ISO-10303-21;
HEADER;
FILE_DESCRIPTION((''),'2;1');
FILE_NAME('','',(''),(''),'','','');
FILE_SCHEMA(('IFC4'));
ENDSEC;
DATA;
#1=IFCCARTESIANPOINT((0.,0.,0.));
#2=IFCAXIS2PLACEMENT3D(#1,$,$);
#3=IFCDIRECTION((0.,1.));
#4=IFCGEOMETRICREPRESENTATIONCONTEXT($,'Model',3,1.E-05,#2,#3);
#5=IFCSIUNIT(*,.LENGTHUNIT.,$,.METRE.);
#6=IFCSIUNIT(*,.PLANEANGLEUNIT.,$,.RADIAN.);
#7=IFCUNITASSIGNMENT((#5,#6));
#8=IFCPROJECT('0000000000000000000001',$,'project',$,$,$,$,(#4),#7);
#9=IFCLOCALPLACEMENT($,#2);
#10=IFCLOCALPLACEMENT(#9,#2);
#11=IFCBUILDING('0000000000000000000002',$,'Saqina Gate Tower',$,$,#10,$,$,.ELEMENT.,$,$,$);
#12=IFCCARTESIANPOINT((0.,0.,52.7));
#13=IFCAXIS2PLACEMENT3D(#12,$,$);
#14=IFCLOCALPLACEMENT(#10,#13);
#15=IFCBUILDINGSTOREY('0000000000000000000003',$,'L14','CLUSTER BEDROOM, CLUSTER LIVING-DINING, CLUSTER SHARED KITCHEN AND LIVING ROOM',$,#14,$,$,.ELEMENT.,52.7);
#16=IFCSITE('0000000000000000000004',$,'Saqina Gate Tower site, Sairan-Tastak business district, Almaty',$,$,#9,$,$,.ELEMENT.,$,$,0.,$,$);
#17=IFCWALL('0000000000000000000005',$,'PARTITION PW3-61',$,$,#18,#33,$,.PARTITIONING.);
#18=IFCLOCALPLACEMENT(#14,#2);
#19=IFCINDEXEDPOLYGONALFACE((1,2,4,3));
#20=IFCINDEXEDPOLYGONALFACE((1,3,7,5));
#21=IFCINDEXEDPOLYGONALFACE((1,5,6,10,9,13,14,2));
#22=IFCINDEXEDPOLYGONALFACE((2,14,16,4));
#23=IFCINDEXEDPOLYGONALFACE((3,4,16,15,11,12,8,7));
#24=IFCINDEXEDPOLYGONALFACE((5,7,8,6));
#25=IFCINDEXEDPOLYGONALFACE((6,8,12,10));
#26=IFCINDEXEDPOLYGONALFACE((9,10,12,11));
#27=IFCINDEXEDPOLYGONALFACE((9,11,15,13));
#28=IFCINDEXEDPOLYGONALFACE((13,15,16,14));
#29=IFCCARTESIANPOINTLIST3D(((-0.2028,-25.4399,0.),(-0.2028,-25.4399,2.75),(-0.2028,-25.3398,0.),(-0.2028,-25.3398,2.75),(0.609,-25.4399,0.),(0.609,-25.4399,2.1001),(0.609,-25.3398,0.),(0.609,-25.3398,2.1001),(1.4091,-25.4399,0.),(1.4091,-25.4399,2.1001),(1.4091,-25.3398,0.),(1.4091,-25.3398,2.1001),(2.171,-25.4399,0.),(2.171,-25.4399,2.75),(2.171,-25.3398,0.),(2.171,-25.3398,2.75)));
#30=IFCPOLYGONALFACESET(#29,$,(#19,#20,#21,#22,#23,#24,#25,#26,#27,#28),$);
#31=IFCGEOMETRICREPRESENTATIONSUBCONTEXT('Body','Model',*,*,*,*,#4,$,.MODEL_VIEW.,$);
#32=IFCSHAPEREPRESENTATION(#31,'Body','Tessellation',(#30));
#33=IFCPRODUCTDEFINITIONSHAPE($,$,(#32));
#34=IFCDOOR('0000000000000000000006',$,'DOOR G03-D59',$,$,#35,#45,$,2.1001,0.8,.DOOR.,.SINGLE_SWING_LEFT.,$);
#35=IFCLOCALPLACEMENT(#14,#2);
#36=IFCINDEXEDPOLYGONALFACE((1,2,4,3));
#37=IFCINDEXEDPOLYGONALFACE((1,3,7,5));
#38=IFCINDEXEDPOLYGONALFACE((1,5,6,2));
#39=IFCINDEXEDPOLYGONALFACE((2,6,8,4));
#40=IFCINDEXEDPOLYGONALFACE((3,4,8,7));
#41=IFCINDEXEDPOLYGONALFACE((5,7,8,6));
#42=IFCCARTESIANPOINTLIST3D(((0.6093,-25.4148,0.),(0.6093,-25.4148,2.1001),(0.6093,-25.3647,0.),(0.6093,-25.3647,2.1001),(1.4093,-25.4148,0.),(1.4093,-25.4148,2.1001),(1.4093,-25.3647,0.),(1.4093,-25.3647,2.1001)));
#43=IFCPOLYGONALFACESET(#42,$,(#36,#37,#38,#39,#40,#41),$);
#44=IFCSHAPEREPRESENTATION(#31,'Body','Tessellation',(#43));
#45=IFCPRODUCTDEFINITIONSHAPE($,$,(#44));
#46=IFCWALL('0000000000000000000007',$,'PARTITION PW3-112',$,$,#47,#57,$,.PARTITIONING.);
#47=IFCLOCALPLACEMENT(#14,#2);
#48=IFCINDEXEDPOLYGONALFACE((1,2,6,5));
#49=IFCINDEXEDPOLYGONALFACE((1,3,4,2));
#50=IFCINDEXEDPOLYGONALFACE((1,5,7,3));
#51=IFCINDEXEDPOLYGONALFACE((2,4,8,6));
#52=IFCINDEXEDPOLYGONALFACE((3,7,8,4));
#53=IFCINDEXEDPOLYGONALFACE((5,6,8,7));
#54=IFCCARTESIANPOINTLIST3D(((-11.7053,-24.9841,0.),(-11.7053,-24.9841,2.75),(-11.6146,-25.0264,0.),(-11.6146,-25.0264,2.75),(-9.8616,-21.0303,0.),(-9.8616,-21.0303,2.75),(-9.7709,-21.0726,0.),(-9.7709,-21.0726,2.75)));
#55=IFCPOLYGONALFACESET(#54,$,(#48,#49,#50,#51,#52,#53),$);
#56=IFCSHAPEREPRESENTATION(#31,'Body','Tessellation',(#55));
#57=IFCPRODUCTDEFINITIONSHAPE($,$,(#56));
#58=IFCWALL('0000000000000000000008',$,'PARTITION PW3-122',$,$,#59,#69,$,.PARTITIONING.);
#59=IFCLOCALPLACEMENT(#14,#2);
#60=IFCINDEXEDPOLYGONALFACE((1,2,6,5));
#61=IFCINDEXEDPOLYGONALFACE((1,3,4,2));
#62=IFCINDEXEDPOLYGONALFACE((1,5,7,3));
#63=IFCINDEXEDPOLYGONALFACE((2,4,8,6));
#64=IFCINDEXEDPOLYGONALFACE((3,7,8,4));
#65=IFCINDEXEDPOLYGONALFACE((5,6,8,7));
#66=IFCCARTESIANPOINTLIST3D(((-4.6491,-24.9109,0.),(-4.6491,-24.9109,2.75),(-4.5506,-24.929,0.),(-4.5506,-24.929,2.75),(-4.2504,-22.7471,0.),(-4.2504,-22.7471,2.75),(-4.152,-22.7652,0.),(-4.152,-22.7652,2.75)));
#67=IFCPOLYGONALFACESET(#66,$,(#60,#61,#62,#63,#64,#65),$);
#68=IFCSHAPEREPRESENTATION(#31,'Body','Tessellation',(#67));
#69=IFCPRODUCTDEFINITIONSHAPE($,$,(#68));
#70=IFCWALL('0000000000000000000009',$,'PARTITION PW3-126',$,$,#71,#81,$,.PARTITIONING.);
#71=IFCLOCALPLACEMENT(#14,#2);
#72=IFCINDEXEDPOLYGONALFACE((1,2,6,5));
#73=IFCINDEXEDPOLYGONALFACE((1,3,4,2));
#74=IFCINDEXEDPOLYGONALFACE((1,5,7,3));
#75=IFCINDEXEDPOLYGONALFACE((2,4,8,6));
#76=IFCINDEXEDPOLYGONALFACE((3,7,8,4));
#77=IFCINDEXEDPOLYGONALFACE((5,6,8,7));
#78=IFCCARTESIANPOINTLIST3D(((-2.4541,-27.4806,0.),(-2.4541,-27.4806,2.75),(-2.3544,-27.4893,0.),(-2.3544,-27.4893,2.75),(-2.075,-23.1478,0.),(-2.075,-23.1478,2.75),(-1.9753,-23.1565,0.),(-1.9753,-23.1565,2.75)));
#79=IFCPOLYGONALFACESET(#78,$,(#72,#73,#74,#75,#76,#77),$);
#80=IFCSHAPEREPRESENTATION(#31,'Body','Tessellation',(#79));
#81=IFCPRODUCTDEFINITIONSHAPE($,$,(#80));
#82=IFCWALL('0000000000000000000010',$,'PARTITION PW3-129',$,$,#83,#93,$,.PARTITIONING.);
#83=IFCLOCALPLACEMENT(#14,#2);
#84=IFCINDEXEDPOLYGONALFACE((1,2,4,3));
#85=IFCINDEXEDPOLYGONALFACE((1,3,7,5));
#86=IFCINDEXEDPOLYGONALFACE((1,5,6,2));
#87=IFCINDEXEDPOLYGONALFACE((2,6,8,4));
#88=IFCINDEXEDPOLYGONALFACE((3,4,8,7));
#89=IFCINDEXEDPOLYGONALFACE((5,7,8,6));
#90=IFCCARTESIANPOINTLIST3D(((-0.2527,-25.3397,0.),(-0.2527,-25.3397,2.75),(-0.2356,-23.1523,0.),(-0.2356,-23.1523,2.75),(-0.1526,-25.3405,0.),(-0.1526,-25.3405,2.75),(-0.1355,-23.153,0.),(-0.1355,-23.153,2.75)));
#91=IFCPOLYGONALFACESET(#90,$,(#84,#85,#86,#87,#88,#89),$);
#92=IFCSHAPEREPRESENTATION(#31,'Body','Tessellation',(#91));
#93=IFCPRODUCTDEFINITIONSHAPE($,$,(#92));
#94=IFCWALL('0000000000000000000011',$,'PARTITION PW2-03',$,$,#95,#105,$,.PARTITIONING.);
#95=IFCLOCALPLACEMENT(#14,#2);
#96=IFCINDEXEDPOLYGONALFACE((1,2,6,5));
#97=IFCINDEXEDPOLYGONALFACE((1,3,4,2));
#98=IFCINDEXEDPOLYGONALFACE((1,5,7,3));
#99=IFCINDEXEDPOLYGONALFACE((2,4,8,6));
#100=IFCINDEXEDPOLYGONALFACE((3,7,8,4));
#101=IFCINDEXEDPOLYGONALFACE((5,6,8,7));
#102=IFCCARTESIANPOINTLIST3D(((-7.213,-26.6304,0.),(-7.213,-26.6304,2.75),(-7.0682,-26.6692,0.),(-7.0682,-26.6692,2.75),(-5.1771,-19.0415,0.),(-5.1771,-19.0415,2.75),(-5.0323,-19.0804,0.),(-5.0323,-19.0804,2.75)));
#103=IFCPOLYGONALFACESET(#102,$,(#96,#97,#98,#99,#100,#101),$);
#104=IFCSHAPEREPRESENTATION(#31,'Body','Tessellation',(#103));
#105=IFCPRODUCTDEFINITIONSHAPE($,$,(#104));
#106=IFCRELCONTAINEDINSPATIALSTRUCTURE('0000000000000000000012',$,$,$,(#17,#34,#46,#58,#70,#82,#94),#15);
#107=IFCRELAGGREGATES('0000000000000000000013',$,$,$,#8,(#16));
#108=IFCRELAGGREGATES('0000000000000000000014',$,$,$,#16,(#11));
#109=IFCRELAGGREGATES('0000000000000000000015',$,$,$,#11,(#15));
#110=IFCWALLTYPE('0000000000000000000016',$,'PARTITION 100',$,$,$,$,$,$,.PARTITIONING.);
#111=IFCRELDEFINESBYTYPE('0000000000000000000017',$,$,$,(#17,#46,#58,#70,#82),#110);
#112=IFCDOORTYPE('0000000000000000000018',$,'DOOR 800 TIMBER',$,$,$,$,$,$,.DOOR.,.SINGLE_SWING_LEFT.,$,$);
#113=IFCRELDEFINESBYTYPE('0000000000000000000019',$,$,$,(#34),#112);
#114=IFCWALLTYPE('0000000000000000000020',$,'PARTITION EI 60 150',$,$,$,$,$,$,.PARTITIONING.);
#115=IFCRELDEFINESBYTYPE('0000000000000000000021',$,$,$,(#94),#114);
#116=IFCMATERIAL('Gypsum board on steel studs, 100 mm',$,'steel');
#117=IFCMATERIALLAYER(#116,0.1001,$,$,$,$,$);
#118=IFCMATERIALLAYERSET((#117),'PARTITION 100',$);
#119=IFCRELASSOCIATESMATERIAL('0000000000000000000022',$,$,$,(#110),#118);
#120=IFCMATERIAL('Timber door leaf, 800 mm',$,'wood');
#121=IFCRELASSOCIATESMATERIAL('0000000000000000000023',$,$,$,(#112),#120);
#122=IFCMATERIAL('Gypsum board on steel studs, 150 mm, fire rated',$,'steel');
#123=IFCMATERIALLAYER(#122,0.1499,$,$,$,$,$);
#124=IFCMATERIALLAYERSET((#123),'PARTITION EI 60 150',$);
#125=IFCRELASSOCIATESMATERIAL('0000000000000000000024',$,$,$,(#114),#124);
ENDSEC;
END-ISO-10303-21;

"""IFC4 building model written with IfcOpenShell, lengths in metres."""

from ifc_helpers import new_model, si_unit, direction, frame, frame_2d, origin, place, context, subcontext, project, spatial, rectangle, extrude, material, layer, layer_set, type_object, element, fill, save


model = new_model("IFC4")

# Units and contexts
model_context = context("Model", 3, precision=1e-05, world=origin(), true_north=direction((0.0, 1.0)))
body_context = subcontext(model_context, "Body", "Model", "MODEL_VIEW")
ifc_project = project(units=[si_unit("LENGTHUNIT", "METRE"), si_unit("PLANEANGLEUNIT", "RADIAN")], contexts=[model_context])

# Site, building, storey
site_placement = place(None, origin())
site = spatial("IfcSite", under=ifc_project, at=site_placement, Name="Saqina Gate Tower site, Sairan-Tastak business district, Almaty", CompositionType="ELEMENT", RefElevation=0.0)
building_placement = place(site_placement, origin())
building = spatial("IfcBuilding", under=site, at=building_placement, Name="Saqina Gate Tower", CompositionType="ELEMENT")
storey_placement = place(building_placement, frame((0.0, 0.0, 52.7)))
storey = spatial("IfcBuildingStorey", under=building, at=storey_placement, Name="L14", Description="CLUSTER BEDROOM, CLUSTER LIVING-DINING, CLUSTER SHARED KITCHEN AND LIVING ROOM", CompositionType="ELEMENT", Elevation=52.7)

# Wall, opening, door
ifc_material_1 = material(Name="Gypsum board on steel studs, 100 mm", Category="steel")
ifc_layer_1 = layer(ifc_material_1, 0.1001)
ifc_layer_set_1 = layer_set([ifc_layer_1], Name="PARTITION 100")
wall_type_1 = type_object("IfcWallType", Name="PARTITION 100", PredefinedType="PARTITIONING", material=ifc_layer_set_1)
ifc_material_2 = material(Name="Timber door leaf, 800 mm", Category="wood")
door_type = type_object("IfcDoorType", Name="DOOR 800 TIMBER", OperationType="SINGLE_SWING_LEFT", PredefinedType="DOOR", material=ifc_material_2)
wall_1_placement = place(storey_placement, frame((-0.2029, -25.3899, 0.0), z_axis=(0.0, 0.0, 1.0), x_axis=(1.0, 0.0, 0.0)))
wall_1 = element("IfcWall", 1, at=wall_1_placement, inside=storey, type_object=wall_type_1, Name="PARTITION PW3-61", PredefinedType="PARTITIONING", context=body_context, shape_type="SweptSolid", body=[
    extrude(rectangle(XDim=2.3738, YDim=0.1001, at=frame_2d((1.187, 0.0))), origin(), (0.0, 0.0, 1.0), 2.75),
])
opening_1_placement = place(wall_1_placement, frame((0.812, 0.0, 0.0)))
opening_1 = element("IfcOpeningElement", 2, at=opening_1_placement, cuts=wall_1, PredefinedType="OPENING", context=body_context, shape_type="SweptSolid", body=[
    extrude(rectangle(XDim=0.8, YDim=2.1001, at=frame_2d((0.3999, 1.05))), frame((0.0, 0.062, 0.0), z_axis=(0.0, -1.0, 0.0), x_axis=(1.0, 0.0, 0.0)), (0.0, 0.0, 1.0), 0.124),
])
door_1_placement = place(opening_1_placement, frame((0.8, 0.0, 0.0), z_axis=(0.0, 0.0, 1.0), x_axis=(-1.0, 0.0, 0.0)))
door_1 = element("IfcDoor", 3, at=door_1_placement, inside=storey, type_object=door_type, Name="DOOR G03-D59", OperationType="SINGLE_SWING_LEFT", OverallHeight=2.1001, OverallWidth=0.8, PredefinedType="DOOR", context=body_context, shape_type="SweptSolid", body=[
    extrude(rectangle(XDim=0.8, YDim=2.1001, at=frame_2d((0.3999, 1.05))), frame((0.0, 0.0249, 0.0), z_axis=(0.0, -1.0, 0.0), x_axis=(1.0, 0.0, 0.0)), (0.0, 0.0, 1.0), 0.05),
])
fill(opening_1, door_1)

# Walls
wall_2_placement = place(storey_placement, frame((-11.6599, -25.0051, 0.0), z_axis=(0.0, 0.0, 1.0), x_axis=(0.422625, 0.906305, 0.0)))
element("IfcWall", 4, at=wall_2_placement, inside=storey, type_object=wall_type_1, Name="PARTITION PW3-112", PredefinedType="PARTITIONING", context=body_context, shape_type="SweptSolid", body=[
    extrude(rectangle(XDim=4.3625, YDim=0.1001, at=frame_2d((2.1812, 0.0))), origin(), (0.0, 0.0, 1.0), 2.75),
])
wall_3_placement = place(storey_placement, frame((-4.5999, -24.9199, 0.0), z_axis=(0.0, 0.0, 1.0), x_axis=(0.181199, 0.983446, 0.0)))
element("IfcWall", 5, at=wall_3_placement, inside=storey, type_object=wall_type_1, Name="PARTITION PW3-122", PredefinedType="PARTITIONING", context=body_context, shape_type="SweptSolid", body=[
    extrude(rectangle(XDim=2.2002, YDim=0.1001, at=frame_2d((1.1001, 0.0))), origin(), (0.0, 0.0, 1.0), 2.75),
])
wall_4_placement = place(storey_placement, frame((-2.4043, -27.4851, 0.0), z_axis=(0.0, 0.0, 1.0), x_axis=(0.087175, 0.996193, 0.0)))
element("IfcWall", 6, at=wall_4_placement, inside=storey, type_object=wall_type_1, Name="PARTITION PW3-126", PredefinedType="PARTITIONING", context=body_context, shape_type="SweptSolid", body=[
    extrude(rectangle(XDim=4.3494, YDim=0.1001, at=frame_2d((2.1748, 0.0))), origin(), (0.0, 0.0, 1.0), 2.75),
])
wall_5_placement = place(storey_placement, frame((-0.2026, -25.3401, 0.0), z_axis=(0.0, 0.0, 1.0), x_axis=(0.007812, 0.999969, 0.0)))
element("IfcWall", 7, at=wall_5_placement, inside=storey, type_object=wall_type_1, Name="PARTITION PW3-129", PredefinedType="PARTITIONING", context=body_context, shape_type="SweptSolid", body=[
    extrude(rectangle(XDim=2.1875, YDim=0.1001, at=frame_2d((1.0938, 0.0))), origin(), (0.0, 0.0, 1.0), 2.75),
])
ifc_material_3 = material(Name="Gypsum board on steel studs, 150 mm, fire rated", Category="steel")
ifc_layer_2 = layer(ifc_material_3, 0.1499)
ifc_layer_set_2 = layer_set([ifc_layer_2], Name="PARTITION EI 60 150")
wall_type_2 = type_object("IfcWallType", Name="PARTITION EI 60 150", PredefinedType="PARTITIONING", material=ifc_layer_set_2)
wall_6_placement = place(storey_placement, frame((-7.1406, -26.6499, 0.0), z_axis=(0.0, 0.0, 1.0), x_axis=(0.259111, 0.965848, 0.0)))
element("IfcWall", 8, at=wall_6_placement, inside=storey, type_object=wall_type_2, Name="PARTITION PW2-03", PredefinedType="PARTITIONING", context=body_context, shape_type="SweptSolid", body=[
    extrude(rectangle(XDim=7.8572, YDim=0.1499, at=frame_2d((3.9287, 0.0))), origin(), (0.0, 0.0, 1.0), 2.75),
])

save(model, "model.ifc")
